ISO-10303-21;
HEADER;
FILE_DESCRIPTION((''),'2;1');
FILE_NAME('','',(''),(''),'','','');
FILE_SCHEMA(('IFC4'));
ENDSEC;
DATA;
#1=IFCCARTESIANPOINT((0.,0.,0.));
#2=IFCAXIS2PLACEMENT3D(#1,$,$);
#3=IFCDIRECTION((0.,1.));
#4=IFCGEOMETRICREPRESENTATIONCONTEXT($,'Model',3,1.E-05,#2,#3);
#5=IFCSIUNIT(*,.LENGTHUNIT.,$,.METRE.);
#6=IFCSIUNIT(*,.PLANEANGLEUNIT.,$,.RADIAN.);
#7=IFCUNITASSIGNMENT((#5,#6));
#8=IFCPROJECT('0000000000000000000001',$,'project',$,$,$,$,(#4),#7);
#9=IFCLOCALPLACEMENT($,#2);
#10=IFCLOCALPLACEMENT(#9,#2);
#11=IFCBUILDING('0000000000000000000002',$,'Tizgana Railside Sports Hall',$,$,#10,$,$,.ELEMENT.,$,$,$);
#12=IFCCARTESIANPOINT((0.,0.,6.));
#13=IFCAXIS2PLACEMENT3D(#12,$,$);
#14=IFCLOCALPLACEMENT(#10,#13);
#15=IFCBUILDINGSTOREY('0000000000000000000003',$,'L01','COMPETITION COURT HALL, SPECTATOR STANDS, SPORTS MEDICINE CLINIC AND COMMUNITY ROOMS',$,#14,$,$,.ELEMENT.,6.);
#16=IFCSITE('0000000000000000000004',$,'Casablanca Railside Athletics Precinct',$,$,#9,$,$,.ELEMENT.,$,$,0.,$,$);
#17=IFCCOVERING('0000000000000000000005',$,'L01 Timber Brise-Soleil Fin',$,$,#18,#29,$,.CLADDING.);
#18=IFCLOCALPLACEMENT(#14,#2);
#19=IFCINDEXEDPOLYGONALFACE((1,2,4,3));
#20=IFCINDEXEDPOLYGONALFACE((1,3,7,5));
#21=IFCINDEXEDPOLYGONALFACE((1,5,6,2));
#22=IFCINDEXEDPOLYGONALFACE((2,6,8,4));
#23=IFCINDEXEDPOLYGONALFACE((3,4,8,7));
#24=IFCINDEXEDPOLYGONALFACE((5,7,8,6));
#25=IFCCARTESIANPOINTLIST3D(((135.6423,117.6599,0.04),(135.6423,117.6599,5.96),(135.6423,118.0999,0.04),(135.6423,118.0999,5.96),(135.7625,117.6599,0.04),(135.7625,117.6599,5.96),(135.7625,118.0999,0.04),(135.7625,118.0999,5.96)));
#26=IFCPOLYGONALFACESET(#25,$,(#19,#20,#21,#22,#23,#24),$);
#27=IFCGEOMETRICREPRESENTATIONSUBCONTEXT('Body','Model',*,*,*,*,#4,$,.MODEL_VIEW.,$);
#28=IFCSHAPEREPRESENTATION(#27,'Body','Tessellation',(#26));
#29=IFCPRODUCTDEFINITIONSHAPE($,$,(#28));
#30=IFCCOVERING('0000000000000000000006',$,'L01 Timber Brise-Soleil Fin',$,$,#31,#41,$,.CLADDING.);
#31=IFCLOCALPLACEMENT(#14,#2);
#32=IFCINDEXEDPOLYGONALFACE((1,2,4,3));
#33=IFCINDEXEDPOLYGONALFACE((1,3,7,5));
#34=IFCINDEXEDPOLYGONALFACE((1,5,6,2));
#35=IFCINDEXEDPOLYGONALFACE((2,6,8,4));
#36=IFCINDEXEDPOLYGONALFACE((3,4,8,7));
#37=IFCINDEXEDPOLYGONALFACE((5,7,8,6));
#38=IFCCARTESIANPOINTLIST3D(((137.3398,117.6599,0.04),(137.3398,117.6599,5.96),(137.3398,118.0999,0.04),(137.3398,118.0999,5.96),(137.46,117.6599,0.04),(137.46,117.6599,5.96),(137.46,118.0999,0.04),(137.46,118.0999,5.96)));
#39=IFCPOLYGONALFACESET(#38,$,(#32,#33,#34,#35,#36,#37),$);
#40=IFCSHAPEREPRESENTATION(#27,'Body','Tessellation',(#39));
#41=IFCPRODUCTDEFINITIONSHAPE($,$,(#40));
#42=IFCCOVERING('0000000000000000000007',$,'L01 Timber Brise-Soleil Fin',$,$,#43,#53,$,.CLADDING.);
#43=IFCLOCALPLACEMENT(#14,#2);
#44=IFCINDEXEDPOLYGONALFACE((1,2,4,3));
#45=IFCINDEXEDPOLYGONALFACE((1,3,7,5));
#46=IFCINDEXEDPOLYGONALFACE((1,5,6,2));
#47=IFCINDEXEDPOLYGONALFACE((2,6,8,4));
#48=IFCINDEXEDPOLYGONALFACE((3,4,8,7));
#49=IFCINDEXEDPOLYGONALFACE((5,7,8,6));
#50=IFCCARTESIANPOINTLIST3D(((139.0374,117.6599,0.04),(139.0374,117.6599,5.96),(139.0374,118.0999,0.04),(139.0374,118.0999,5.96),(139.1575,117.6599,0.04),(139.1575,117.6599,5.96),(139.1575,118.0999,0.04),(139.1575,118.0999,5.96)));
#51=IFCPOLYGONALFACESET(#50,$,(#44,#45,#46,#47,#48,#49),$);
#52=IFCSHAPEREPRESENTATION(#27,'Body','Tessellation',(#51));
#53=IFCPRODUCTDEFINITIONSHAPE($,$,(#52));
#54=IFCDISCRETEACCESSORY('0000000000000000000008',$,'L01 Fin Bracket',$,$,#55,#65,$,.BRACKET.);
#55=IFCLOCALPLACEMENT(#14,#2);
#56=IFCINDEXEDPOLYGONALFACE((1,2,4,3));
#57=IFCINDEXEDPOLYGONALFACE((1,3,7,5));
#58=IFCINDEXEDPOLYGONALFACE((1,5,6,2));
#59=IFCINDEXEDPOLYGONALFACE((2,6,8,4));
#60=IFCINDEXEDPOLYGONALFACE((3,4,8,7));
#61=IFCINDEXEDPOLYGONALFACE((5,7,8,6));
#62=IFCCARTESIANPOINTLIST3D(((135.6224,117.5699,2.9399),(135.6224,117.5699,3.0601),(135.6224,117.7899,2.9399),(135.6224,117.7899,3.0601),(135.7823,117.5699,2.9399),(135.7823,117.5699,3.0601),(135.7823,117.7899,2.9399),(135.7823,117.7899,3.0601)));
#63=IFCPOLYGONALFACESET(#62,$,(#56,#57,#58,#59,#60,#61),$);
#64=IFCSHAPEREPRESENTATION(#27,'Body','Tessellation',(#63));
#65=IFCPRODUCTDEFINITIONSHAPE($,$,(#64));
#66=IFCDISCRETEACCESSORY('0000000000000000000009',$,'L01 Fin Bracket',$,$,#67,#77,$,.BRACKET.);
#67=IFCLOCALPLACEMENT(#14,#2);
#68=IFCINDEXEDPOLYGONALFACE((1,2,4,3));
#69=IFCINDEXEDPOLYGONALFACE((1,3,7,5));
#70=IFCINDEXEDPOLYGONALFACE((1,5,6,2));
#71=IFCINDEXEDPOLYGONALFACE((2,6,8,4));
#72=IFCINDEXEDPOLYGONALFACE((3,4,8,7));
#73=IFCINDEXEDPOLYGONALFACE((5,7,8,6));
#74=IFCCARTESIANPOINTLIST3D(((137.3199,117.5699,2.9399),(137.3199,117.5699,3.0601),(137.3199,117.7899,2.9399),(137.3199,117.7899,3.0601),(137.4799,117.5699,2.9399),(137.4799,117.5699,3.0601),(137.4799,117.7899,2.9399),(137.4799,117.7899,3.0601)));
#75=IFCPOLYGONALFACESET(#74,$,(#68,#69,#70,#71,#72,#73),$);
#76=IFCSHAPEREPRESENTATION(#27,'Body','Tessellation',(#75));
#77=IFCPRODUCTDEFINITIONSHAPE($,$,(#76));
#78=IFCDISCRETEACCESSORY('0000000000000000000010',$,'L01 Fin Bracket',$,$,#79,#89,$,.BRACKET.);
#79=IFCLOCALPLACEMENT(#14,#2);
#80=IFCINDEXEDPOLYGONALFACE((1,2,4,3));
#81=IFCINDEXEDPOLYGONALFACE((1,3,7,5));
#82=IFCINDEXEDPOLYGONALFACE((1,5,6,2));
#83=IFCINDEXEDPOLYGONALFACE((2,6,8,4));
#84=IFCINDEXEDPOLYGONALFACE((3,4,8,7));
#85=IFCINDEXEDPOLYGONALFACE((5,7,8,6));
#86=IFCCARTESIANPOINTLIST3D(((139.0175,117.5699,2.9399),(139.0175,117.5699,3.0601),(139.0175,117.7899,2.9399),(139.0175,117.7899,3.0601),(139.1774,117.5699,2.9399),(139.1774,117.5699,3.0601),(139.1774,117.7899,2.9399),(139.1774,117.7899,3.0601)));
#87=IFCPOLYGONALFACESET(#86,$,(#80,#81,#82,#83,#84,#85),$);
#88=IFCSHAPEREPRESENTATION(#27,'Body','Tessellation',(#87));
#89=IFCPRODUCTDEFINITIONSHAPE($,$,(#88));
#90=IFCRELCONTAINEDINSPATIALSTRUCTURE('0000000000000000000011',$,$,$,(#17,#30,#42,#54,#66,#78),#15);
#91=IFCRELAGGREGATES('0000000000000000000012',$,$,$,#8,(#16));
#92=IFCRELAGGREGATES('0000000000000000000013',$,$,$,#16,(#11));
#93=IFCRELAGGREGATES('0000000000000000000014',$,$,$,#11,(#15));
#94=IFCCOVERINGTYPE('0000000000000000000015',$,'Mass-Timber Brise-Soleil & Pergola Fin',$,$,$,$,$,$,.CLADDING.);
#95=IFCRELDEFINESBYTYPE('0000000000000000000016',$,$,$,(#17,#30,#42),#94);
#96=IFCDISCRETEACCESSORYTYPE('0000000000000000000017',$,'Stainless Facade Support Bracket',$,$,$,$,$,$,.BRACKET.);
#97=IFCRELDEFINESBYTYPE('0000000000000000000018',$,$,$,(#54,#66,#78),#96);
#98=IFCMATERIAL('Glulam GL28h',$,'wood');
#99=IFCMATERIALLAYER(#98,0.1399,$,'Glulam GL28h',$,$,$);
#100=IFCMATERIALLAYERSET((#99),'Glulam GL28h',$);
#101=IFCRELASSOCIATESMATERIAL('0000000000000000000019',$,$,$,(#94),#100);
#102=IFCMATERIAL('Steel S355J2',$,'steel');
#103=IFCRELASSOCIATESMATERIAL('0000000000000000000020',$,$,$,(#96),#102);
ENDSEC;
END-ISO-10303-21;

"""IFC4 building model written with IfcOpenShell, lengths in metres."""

from ifc_helpers import new_model, si_unit, direction, frame, origin, origin_2d, place, context, subcontext, project, spatial, rectangle, extrude, material, layer, layer_set, type_object, element, save


model = new_model("IFC4")

# Units and contexts
model_context = context("Model", 3, precision=1e-05, world=origin(), true_north=direction((0.0, 1.0)))
body_context = subcontext(model_context, "Body", "Model", "MODEL_VIEW")
ifc_project = project(units=[si_unit("LENGTHUNIT", "METRE"), si_unit("PLANEANGLEUNIT", "RADIAN")], contexts=[model_context])

# Site, building, storey
site_placement = place(None, origin())
site = spatial("IfcSite", under=ifc_project, at=site_placement, Name="Casablanca Railside Athletics Precinct", CompositionType="ELEMENT", RefElevation=0.0)
building_placement = place(site_placement, origin())
building = spatial("IfcBuilding", under=site, at=building_placement, Name="Tizgana Railside Sports Hall", CompositionType="ELEMENT")
storey_placement = place(building_placement, frame((0.0, 0.0, 6.0)))
storey = spatial("IfcBuildingStorey", under=building, at=storey_placement, Name="L01", Description="COMPETITION COURT HALL, SPECTATOR STANDS, SPORTS MEDICINE CLINIC AND COMMUNITY ROOMS", CompositionType="ELEMENT", Elevation=6.0)

# Coverings
ifc_material_1 = material(Name="Glulam GL28h", Category="wood")
ifc_layer_1 = layer(ifc_material_1, 0.1399, Name="Glulam GL28h")
ifc_layer_set_1 = layer_set([ifc_layer_1], Name="Glulam GL28h")
covering_type = type_object("IfcCoveringType", Name="Mass-Timber Brise-Soleil & Pergola Fin", PredefinedType="CLADDING", material=ifc_layer_set_1)
for number, where, z_axis, x_axis, name in (
    (1, (135.7024, 117.8799, 0.04), (0.0, 0.0, 1.0), (1.0, 0.0, 0.0), "L01 Timber Brise-Soleil Fin"),
    (2, (137.3999, 117.8799, 0.04), (0.0, 0.0, 1.0), (1.0, 0.0, 0.0), "L01 Timber Brise-Soleil Fin"),
    (3, (139.0974, 117.8799, 0.04), (0.0, 0.0, 1.0), (1.0, 0.0, 0.0), "L01 Timber Brise-Soleil Fin"),
):
    element("IfcCovering", number, at=place(storey_placement, frame(where, z_axis=z_axis, x_axis=x_axis)), inside=storey, type_object=covering_type, Name=name, PredefinedType="CLADDING", context=body_context, shape_type="SweptSolid", body=[
        extrude(rectangle(XDim=0.1201, YDim=0.4399, at=origin_2d()), origin(), (0.0, 0.0, 1.0), 5.9199),
    ])

# Discrete accessories
ifc_material_2 = material(Name="Steel S355J2", Category="steel")
discrete_accessory_type = type_object("IfcDiscreteAccessoryType", Name="Stainless Facade Support Bracket", PredefinedType="BRACKET", material=ifc_material_2)
for number, where, z_axis, x_axis, name in (
    (4, (135.7024, 117.6799, 2.9399), (0.0, 0.0, 1.0), (1.0, 0.0, 0.0), "L01 Fin Bracket"),
    (5, (137.3999, 117.6799, 2.9399), (0.0, 0.0, 1.0), (1.0, 0.0, 0.0), "L01 Fin Bracket"),
    (6, (139.0974, 117.6799, 2.9399), (0.0, 0.0, 1.0), (1.0, 0.0, 0.0), "L01 Fin Bracket"),
):
    element("IfcDiscreteAccessory", number, at=place(storey_placement, frame(where, z_axis=z_axis, x_axis=x_axis)), inside=storey, type_object=discrete_accessory_type, Name=name, PredefinedType="BRACKET", context=body_context, shape_type="SweptSolid", body=[
        extrude(rectangle(XDim=0.1599, YDim=0.22, at=origin_2d()), origin(), (0.0, 0.0, 1.0), 0.1201),
    ])

save(model, "model.ifc")
